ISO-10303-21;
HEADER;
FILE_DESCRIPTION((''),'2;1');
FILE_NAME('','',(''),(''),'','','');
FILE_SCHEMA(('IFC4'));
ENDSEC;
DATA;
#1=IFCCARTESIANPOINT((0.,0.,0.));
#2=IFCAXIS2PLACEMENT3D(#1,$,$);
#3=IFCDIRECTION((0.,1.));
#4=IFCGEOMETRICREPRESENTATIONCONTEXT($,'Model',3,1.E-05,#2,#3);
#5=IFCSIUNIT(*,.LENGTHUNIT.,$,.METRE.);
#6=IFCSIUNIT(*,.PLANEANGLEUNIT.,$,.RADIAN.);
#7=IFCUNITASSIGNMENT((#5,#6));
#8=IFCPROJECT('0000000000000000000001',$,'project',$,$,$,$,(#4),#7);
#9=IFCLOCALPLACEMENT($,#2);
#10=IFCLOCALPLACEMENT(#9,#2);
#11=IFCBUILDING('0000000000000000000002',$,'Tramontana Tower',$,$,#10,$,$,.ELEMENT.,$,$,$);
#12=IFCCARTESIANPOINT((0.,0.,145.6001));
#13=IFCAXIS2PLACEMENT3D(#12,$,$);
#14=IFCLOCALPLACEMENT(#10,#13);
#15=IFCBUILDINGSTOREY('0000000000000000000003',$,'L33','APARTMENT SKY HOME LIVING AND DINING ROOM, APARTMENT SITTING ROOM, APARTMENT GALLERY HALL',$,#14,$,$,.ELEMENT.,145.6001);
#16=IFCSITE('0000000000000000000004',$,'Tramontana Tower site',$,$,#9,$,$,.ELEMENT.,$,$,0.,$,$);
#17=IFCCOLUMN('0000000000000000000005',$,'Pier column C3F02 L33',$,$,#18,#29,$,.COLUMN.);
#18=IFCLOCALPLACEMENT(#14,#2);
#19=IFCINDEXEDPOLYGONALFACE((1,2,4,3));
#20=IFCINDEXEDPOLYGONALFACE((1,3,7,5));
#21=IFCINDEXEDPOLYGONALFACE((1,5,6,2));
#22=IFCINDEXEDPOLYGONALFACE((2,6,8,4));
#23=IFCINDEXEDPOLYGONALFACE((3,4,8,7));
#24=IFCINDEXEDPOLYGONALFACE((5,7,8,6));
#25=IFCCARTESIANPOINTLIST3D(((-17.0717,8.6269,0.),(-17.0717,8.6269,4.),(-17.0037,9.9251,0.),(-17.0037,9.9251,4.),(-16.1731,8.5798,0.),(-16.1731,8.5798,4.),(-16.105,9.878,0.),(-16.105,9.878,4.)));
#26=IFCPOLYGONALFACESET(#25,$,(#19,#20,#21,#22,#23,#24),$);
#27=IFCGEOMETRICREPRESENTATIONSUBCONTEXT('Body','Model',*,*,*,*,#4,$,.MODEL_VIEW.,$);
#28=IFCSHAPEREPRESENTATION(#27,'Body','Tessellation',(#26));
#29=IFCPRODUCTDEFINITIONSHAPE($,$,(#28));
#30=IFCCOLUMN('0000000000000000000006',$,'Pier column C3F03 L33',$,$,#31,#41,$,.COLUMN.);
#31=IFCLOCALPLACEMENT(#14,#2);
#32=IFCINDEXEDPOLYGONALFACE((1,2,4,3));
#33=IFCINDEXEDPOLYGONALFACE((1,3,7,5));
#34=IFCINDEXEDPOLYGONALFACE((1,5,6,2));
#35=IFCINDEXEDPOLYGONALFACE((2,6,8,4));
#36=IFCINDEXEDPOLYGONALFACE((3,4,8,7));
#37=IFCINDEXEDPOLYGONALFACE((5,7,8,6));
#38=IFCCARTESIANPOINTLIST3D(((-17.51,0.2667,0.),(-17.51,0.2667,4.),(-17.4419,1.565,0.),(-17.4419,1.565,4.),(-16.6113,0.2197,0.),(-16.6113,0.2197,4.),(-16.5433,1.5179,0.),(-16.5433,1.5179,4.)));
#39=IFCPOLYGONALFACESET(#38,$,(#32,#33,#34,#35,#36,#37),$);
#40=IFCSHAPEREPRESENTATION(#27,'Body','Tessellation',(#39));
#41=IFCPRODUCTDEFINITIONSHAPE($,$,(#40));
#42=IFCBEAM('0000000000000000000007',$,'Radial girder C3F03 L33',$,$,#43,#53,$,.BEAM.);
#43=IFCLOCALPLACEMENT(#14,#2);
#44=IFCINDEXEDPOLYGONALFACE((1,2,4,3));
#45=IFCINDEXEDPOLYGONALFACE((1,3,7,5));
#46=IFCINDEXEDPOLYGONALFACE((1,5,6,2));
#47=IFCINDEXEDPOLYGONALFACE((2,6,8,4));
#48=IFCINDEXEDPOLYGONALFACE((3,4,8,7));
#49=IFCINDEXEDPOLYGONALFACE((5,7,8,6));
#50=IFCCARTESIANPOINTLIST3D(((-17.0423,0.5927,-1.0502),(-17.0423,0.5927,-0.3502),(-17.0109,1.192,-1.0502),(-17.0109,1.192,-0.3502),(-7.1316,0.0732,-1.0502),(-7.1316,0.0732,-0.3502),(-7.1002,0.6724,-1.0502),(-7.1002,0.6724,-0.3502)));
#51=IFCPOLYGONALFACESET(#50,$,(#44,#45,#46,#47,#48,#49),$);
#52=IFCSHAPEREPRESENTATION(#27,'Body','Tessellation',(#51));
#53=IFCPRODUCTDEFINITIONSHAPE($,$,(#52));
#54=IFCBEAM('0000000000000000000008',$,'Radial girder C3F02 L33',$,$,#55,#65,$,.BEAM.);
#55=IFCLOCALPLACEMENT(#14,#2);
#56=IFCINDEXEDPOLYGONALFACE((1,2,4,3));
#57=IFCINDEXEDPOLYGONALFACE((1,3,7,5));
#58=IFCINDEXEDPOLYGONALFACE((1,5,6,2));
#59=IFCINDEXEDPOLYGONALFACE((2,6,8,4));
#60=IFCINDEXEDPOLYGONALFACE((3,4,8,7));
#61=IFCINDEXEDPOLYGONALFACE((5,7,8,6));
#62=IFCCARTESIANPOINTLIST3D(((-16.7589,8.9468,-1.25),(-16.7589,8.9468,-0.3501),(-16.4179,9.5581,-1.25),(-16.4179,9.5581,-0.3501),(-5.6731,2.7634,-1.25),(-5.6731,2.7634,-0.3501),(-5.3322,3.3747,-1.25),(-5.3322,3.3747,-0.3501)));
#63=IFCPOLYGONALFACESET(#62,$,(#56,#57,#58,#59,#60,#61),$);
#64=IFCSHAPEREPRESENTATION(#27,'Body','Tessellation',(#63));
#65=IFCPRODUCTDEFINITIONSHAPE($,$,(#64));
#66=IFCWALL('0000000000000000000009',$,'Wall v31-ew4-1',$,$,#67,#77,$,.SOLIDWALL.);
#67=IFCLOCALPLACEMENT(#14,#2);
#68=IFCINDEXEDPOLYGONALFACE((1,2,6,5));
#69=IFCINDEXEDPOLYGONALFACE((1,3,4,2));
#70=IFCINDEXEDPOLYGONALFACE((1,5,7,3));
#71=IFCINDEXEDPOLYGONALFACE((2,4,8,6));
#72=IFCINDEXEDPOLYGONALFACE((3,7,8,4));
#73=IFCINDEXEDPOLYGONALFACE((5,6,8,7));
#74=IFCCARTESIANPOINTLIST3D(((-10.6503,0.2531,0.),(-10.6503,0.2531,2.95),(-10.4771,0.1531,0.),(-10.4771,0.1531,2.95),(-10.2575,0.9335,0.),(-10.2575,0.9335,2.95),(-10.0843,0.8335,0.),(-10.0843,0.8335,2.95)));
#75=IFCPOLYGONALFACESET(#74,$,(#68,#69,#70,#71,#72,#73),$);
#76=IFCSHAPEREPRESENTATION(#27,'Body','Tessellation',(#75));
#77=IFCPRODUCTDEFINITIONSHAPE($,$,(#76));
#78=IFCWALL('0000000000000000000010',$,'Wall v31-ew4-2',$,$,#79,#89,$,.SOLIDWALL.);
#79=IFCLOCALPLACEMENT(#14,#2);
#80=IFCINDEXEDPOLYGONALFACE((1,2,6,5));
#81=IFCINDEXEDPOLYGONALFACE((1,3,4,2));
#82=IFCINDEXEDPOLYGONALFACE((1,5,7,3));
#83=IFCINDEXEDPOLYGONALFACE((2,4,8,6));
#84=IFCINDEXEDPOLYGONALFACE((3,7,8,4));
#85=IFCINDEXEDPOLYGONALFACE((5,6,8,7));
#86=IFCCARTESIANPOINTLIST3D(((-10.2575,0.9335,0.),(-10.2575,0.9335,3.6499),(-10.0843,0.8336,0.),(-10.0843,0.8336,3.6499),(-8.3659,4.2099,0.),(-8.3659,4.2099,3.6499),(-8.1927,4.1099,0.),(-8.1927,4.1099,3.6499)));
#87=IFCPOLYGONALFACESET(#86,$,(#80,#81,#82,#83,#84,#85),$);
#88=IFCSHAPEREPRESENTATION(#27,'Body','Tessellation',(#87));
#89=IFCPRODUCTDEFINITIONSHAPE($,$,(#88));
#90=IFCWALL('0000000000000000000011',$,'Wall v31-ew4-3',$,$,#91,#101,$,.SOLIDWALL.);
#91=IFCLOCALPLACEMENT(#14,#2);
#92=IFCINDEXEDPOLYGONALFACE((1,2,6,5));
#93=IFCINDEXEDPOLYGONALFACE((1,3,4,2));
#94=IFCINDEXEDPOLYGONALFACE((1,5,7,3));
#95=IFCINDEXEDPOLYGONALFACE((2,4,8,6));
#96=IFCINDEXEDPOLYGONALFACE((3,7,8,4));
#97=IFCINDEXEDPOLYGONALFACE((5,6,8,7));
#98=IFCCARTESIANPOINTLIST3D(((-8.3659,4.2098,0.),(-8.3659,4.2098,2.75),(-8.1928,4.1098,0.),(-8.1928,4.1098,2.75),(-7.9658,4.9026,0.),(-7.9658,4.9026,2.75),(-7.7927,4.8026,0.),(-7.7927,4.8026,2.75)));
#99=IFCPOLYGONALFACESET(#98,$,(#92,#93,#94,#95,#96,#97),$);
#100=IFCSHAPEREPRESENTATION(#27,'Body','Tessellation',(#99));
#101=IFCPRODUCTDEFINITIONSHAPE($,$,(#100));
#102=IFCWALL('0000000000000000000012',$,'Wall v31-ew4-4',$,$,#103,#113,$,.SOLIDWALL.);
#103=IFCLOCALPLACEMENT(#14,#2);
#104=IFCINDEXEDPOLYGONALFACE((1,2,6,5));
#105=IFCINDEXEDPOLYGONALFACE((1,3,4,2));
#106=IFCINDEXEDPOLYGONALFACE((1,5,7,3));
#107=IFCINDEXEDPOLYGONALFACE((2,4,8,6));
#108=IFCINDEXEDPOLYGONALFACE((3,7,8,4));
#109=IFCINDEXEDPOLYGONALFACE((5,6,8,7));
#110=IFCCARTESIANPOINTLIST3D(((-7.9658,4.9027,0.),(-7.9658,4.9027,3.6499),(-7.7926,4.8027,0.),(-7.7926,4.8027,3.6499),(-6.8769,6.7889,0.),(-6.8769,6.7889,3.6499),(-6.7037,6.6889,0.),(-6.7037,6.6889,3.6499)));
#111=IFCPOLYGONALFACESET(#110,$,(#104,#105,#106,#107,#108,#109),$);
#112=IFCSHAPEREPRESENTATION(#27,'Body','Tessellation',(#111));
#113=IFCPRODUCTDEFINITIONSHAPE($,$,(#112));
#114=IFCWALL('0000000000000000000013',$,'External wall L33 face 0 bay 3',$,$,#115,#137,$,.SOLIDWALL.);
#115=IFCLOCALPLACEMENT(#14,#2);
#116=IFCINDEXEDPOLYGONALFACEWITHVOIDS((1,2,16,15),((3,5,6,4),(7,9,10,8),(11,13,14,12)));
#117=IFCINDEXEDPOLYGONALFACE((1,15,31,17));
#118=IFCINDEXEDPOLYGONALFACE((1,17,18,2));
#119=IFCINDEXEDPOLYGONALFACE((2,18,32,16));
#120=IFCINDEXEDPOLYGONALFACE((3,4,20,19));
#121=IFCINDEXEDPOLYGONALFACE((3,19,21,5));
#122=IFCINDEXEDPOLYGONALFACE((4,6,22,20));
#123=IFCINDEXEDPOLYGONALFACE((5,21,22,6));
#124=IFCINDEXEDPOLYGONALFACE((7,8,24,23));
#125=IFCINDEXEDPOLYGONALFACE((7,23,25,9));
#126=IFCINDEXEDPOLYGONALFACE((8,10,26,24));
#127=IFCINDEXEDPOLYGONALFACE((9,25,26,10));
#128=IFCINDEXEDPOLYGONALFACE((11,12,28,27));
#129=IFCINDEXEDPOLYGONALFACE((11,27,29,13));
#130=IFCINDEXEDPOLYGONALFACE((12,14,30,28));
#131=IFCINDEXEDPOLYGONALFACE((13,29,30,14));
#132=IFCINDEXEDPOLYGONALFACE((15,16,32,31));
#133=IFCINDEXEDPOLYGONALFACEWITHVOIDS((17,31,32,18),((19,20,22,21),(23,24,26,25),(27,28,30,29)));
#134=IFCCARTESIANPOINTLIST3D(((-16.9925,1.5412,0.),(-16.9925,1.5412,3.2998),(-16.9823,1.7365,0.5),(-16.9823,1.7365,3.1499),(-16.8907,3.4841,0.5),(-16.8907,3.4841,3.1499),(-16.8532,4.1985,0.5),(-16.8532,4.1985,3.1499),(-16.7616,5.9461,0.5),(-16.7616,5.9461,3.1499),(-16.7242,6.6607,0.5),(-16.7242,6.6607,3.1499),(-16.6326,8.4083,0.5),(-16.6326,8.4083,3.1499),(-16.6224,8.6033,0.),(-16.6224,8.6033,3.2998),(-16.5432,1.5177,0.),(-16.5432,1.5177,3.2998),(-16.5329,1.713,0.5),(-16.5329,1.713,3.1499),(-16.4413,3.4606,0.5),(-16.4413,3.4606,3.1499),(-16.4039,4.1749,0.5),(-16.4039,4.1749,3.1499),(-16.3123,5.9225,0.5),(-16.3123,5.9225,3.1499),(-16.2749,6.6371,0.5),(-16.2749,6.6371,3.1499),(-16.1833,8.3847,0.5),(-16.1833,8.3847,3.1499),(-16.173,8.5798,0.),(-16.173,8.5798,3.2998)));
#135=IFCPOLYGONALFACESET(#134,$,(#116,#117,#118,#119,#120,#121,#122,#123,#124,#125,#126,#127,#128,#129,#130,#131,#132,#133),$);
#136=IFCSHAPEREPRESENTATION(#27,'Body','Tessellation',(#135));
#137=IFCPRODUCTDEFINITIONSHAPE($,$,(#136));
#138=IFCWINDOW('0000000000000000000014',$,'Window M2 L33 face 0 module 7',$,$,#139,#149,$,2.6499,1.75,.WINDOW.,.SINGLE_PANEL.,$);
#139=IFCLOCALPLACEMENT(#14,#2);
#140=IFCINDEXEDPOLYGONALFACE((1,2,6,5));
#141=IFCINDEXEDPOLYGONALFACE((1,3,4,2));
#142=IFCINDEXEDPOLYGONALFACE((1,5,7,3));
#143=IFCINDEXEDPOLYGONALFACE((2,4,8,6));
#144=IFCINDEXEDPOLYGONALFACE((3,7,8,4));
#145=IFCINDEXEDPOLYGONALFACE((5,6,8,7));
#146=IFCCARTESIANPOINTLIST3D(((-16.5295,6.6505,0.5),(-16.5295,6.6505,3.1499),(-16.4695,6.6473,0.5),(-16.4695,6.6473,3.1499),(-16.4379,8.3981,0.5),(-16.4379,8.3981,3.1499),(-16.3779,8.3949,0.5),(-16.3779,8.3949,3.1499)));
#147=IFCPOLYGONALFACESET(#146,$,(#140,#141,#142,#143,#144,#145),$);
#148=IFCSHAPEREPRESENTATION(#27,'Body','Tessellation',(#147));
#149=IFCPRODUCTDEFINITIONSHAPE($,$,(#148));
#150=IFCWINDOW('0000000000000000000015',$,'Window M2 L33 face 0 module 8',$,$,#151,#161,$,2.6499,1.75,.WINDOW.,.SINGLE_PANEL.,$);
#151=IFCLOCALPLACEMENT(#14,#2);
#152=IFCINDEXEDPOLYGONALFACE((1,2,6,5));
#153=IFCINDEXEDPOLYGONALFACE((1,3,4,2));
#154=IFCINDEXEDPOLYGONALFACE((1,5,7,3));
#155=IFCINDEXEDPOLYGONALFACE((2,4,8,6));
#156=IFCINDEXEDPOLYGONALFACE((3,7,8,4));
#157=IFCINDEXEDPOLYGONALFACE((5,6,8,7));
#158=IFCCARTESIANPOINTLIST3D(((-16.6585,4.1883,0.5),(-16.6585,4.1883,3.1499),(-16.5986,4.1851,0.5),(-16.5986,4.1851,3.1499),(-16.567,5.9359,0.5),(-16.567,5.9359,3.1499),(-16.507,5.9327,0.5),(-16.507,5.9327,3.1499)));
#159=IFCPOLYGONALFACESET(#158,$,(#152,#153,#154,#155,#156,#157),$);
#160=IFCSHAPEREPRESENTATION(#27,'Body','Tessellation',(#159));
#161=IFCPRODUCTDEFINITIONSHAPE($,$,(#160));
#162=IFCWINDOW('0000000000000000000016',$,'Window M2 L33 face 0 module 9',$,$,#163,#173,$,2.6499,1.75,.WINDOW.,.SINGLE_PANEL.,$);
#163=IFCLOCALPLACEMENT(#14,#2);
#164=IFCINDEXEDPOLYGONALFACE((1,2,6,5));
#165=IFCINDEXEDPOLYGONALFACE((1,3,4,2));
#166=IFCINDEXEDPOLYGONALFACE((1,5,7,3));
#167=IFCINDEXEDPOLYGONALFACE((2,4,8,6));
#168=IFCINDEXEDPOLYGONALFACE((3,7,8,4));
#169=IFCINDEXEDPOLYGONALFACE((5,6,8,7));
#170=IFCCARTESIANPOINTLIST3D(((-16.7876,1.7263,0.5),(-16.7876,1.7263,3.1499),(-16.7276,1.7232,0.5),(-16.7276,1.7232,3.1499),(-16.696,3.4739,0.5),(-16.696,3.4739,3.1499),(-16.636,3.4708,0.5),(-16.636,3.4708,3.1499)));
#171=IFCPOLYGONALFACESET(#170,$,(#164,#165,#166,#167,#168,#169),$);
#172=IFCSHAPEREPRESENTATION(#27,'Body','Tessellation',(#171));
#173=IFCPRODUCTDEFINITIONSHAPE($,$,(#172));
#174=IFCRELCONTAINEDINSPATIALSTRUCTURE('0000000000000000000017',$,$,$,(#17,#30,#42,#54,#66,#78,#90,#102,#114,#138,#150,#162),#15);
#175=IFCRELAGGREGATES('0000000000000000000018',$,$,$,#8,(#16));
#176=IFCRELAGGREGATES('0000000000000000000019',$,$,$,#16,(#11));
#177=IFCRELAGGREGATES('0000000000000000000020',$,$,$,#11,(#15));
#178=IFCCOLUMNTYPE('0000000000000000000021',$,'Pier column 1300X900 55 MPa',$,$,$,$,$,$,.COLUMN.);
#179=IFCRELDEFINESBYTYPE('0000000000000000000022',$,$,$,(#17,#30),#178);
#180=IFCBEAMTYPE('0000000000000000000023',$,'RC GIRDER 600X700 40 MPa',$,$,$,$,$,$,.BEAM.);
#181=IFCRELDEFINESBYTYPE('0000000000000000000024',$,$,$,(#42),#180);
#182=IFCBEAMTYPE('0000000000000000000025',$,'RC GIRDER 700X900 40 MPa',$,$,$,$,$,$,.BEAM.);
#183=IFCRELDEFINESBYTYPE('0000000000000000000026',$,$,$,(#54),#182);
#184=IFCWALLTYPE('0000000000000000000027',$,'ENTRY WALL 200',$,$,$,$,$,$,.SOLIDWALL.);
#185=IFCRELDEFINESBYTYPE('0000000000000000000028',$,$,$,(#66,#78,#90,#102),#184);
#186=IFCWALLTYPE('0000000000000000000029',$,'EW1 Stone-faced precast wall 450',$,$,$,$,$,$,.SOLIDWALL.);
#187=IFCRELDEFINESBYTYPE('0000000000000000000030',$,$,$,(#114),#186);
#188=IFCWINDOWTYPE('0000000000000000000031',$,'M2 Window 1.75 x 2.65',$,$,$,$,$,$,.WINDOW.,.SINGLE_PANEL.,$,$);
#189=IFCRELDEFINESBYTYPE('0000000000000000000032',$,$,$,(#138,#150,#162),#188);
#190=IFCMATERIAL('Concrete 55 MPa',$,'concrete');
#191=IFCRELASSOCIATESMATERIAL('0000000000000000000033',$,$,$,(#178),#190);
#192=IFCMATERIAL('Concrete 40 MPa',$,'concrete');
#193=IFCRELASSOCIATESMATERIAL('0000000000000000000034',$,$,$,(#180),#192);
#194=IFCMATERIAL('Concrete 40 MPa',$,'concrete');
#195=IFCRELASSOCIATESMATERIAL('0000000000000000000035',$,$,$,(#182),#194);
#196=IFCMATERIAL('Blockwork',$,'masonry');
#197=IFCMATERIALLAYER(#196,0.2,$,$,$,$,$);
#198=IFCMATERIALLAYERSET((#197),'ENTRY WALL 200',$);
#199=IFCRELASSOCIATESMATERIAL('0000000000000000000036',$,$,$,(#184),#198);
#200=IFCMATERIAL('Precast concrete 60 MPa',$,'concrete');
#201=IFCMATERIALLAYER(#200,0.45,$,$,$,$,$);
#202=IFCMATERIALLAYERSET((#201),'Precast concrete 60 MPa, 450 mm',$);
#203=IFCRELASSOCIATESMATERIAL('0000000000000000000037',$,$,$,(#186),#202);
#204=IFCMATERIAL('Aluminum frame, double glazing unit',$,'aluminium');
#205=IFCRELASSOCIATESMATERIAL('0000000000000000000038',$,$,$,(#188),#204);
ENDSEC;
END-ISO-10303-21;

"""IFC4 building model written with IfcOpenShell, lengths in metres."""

from ifc_helpers import new_model, si_unit, direction, frame, frame_2d, origin, origin_2d, place, context, subcontext, project, spatial, rectangle, extrude, material, layer, layer_set, material_profile, profile_set, type_object, element, fill, save


model = new_model("IFC4")

# Units and contexts
model_context = context("Model", 3, precision=1e-05, world=origin(), true_north=direction((0.0, 1.0)))
body_context = subcontext(model_context, "Body", "Model", "MODEL_VIEW")
ifc_project = project(units=[si_unit("LENGTHUNIT", "METRE"), si_unit("PLANEANGLEUNIT", "RADIAN")], contexts=[model_context])

# Site, building, storey
site_placement = place(None, origin())
site = spatial("IfcSite", under=ifc_project, at=site_placement, Name="Tramontana Tower site", CompositionType="ELEMENT", RefElevation=0.0)
building_placement = place(site_placement, origin())
building = spatial("IfcBuilding", under=site, at=building_placement, Name="Tramontana Tower", CompositionType="ELEMENT")
storey_placement = place(building_placement, frame((0.0, 0.0, 145.6001)))
storey = spatial("IfcBuildingStorey", under=building, at=storey_placement, Name="L33", Description="APARTMENT SKY HOME LIVING AND DINING ROOM, APARTMENT SITTING ROOM, APARTMENT GALLERY HALL", CompositionType="ELEMENT", Elevation=145.6001)

# Columns
ifc_material_1 = material(Name="Concrete 55 MPa", Category="concrete")
ifc_material_profile_1 = material_profile(ifc_material_1, rectangle(XDim=1.3, YDim=0.8999, at=origin_2d()), Name="Pier column 1300X900 55 MPa")
ifc_profile_set_1 = profile_set([ifc_material_profile_1], Name="Concrete 55 MPa")
column_type = type_object("IfcColumnType", Name="Pier column 1300X900 55 MPa", PredefinedType="COLUMN", material=ifc_profile_set_1)
for number, where, z_axis, x_axis, name in (
    (1, (-16.5884, 9.2524, 0.0), (0.0, 0.0, 1.0), (-0.052336, -0.99863, 0.0), "Pier column C3F02 L33"),
    (2, (-17.0266, 0.8923, 0.0), (0.0, 0.0, 1.0), (-0.052336, -0.99863, 0.0), "Pier column C3F03 L33"),
):
    element("IfcColumn", number, at=place(storey_placement, frame(where, z_axis=z_axis, x_axis=x_axis)), inside=storey, type_object=column_type, Name=name, PredefinedType="COLUMN", context=body_context, shape_type="SweptSolid", body=[
        extrude(rectangle(XDim=1.3, YDim=0.8999, at=origin_2d()), origin(), (0.0, 0.0, 1.0), 4.0),
    ])

# Beams
ifc_material_2 = material(Name="Concrete 40 MPa", Category="concrete")
ifc_material_profile_2 = material_profile(ifc_material_2, rectangle(XDim=0.6001, YDim=0.7, at=origin_2d()), Name="RC GIRDER 600X700 40 MPa")
ifc_profile_set_2 = profile_set([ifc_material_profile_2], Name="Concrete 40 MPa")
beam_type_1 = type_object("IfcBeamType", Name="RC GIRDER 600X700 40 MPa", PredefinedType="BEAM", material=ifc_profile_set_2)
beam_1_placement = place(storey_placement, frame((-17.0266, 0.8923, -0.7002), z_axis=(0.998629, -0.05235, 0.0), x_axis=(0.05235, 0.998629, 0.0)))
element("IfcBeam", 3, at=beam_1_placement, inside=storey, type_object=beam_type_1, Name="Radial girder C3F03 L33", PredefinedType="BEAM", context=body_context, shape_type="SweptSolid", body=[
    extrude(rectangle(XDim=0.6001, YDim=0.7, at=origin_2d()), origin(), (0.0, 0.0, 1.0), 9.9243),
])
ifc_material_3 = material(Name="Concrete 40 MPa", Category="concrete")
ifc_material_profile_3 = material_profile(ifc_material_3, rectangle(XDim=0.7, YDim=0.8999, at=origin_2d()), Name="RC GIRDER 700X900 40 MPa")
ifc_profile_set_3 = profile_set([ifc_material_profile_3], Name="Concrete 40 MPa")
beam_type_2 = type_object("IfcBeamType", Name="RC GIRDER 700X900 40 MPa", PredefinedType="BEAM", material=ifc_profile_set_3)
beam_2_placement = place(storey_placement, frame((-16.5884, 9.2524, -0.8), z_axis=(0.873332, -0.487125, 0.0), x_axis=(0.487125, 0.873332, 0.0)))
element("IfcBeam", 4, at=beam_2_placement, inside=storey, type_object=beam_type_2, Name="Radial girder C3F02 L33", PredefinedType="BEAM", context=body_context, shape_type="SweptSolid", body=[
    extrude(rectangle(XDim=0.7, YDim=0.8999, at=origin_2d()), origin(), (0.0, 0.0, 1.0), 12.6936),
])

# Walls
ifc_material_4 = material(Name="Blockwork", Category="masonry")
ifc_layer_1 = layer(ifc_material_4, 0.2)
ifc_layer_set_1 = layer_set([ifc_layer_1], Name="ENTRY WALL 200")
wall_type_1 = type_object("IfcWallType", Name="ENTRY WALL 200", PredefinedType="SOLIDWALL", material=ifc_layer_set_1)
wall_1_placement = place(storey_placement, frame((-10.5637, 0.2031, 0.0), z_axis=(0.0, 0.0, 1.0), x_axis=(0.499982, 0.866036, 0.0)))
element("IfcWall", 5, at=wall_1_placement, inside=storey, type_object=wall_type_1, Name="Wall v31-ew4-1", PredefinedType="SOLIDWALL", context=body_context, shape_type="SweptSolid", body=[
    extrude(rectangle(XDim=0.7856, YDim=0.2, at=frame_2d((0.3928, 0.0))), origin(), (0.0, 0.0, 1.0), 2.95),
])
wall_2_placement = place(storey_placement, frame((-10.1709, 0.8835, 0.0), z_axis=(0.0, 0.0, 1.0), x_axis=(0.499998, 0.866027, 0.0)))
element("IfcWall", 6, at=wall_2_placement, inside=storey, type_object=wall_type_1, Name="Wall v31-ew4-2", PredefinedType="SOLIDWALL", context=body_context, shape_type="SweptSolid", body=[
    extrude(rectangle(XDim=3.7832, YDim=0.2, at=frame_2d((1.8916, 0.0))), origin(), (0.0, 0.0, 1.0), 3.6499),
])
wall_3_placement = place(storey_placement, frame((-8.2793, 4.1599, 0.0), z_axis=(0.0, 0.0, 1.0), x_axis=(0.50011, 0.865962, 0.0)))
element("IfcWall", 7, at=wall_3_placement, inside=storey, type_object=wall_type_1, Name="Wall v31-ew4-3", PredefinedType="SOLIDWALL", context=body_context, shape_type="SweptSolid", body=[
    extrude(rectangle(XDim=0.8, YDim=0.2, at=frame_2d((0.3999, 0.0))), origin(), (0.0, 0.0, 1.0), 2.75),
])
wall_4_placement = place(storey_placement, frame((-7.8792, 4.8528, 0.0), z_axis=(0.0, 0.0, 1.0), x_axis=(0.499949, 0.866055, 0.0)))
element("IfcWall", 8, at=wall_4_placement, inside=storey, type_object=wall_type_1, Name="Wall v31-ew4-4", PredefinedType="SOLIDWALL", context=body_context, shape_type="SweptSolid", body=[
    extrude(rectangle(XDim=2.178, YDim=0.2, at=frame_2d((1.0889, 0.0))), origin(), (0.0, 0.0, 1.0), 3.6499),
])

# Wall, openings, windows
ifc_material_5 = material(Name="Precast concrete 60 MPa", Category="concrete")
ifc_layer_2 = layer(ifc_material_5, 0.45)
ifc_layer_set_2 = layer_set([ifc_layer_2], Name="Precast concrete 60 MPa, 450 mm")
wall_type_2 = type_object("IfcWallType", Name="EW1 Stone-faced precast wall 450", PredefinedType="SOLIDWALL", material=ifc_layer_set_2)
wall_5_placement = place(storey_placement, frame((-16.3977, 8.5916, 0.0), z_axis=(0.0, 0.0, 1.0), x_axis=(-0.052338, -0.998629, 0.0)))
wall_5 = element("IfcWall", 9, at=wall_5_placement, inside=storey, type_object=wall_type_2, Name="External wall L33 face 0 bay 3", PredefinedType="SOLIDWALL", context=body_context, shape_type="SweptSolid", body=[
    extrude(rectangle(XDim=7.0718, YDim=0.45, at=frame_2d((3.5359, 0.0))), origin(), (0.0, 0.0, 1.0), 3.2998),
])
opening_1_placement = place(wall_5_placement, frame((0.1953, 0.0, 0.5)))
opening_1 = element("IfcOpeningElement", 10, at=opening_1_placement, cuts=wall_5, PredefinedType="OPENING", context=body_context, shape_type="SweptSolid", body=[
    extrude(rectangle(XDim=1.75, YDim=2.6499, at=frame_2d((0.875, 1.325))), frame((0.0, 0.2349, 0.0), z_axis=(0.0, -1.0, 0.0), x_axis=(1.0, 0.0, 0.0)), (0.0, 0.0, 1.0), 0.47),
])
opening_2_placement = place(wall_5_placement, frame((2.6609, 0.0, 0.5)))
opening_2 = element("IfcOpeningElement", 11, at=opening_2_placement, cuts=wall_5, PredefinedType="OPENING", context=body_context, shape_type="SweptSolid", body=[
    extrude(rectangle(XDim=1.75, YDim=2.6499, at=frame_2d((0.875, 1.325))), frame((0.0, 0.2349, 0.0), z_axis=(0.0, -1.0, 0.0), x_axis=(1.0, 0.0, 0.0)), (0.0, 0.0, 1.0), 0.47),
])
opening_3_placement = place(wall_5_placement, frame((5.1262, 0.0, 0.5)))
opening_3 = element("IfcOpeningElement", 12, at=opening_3_placement, cuts=wall_5, PredefinedType="OPENING", context=body_context, shape_type="SweptSolid", body=[
    extrude(rectangle(XDim=1.75, YDim=2.6499, at=frame_2d((0.875, 1.325))), frame((0.0, 0.2349, 0.0), z_axis=(0.0, -1.0, 0.0), x_axis=(1.0, 0.0, 0.0)), (0.0, 0.0, 1.0), 0.47),
])
ifc_material_6 = material(Name="Aluminum frame, double glazing unit", Category="aluminium")
window_type = type_object("IfcWindowType", Name="M2 Window 1.75 x 2.65", PartitioningType="SINGLE_PANEL", PredefinedType="WINDOW", material=ifc_material_6)
window_1_placement = place(opening_1_placement, origin())
window_1 = element("IfcWindow", 13, at=window_1_placement, inside=storey, type_object=window_type, Name="Window M2 L33 face 0 module 7", OverallHeight=2.6499, OverallWidth=1.75, PartitioningType="SINGLE_PANEL", PredefinedType="WINDOW", context=body_context, shape_type="SweptSolid", body=[
    extrude(rectangle(XDim=1.75, YDim=2.6499, at=frame_2d((0.875, 1.325))), frame((0.0, 0.03, 0.0), z_axis=(0.0, -1.0, 0.0), x_axis=(1.0, 0.0, 0.0)), (0.0, 0.0, 1.0), 0.0601),
])
fill(opening_1, window_1)
window_2_placement = place(opening_2_placement, origin())
window_2 = element("IfcWindow", 14, at=window_2_placement, inside=storey, type_object=window_type, Name="Window M2 L33 face 0 module 8", OverallHeight=2.6499, OverallWidth=1.75, PartitioningType="SINGLE_PANEL", PredefinedType="WINDOW", context=body_context, shape_type="SweptSolid", body=[
    extrude(rectangle(XDim=1.75, YDim=2.6499, at=frame_2d((0.875, 1.325))), frame((0.0, 0.03, 0.0), z_axis=(0.0, -1.0, 0.0), x_axis=(1.0, 0.0, 0.0)), (0.0, 0.0, 1.0), 0.0601),
])
fill(opening_2, window_2)
window_3_placement = place(opening_3_placement, origin())
window_3 = element("IfcWindow", 15, at=window_3_placement, inside=storey, type_object=window_type, Name="Window M2 L33 face 0 module 9", OverallHeight=2.6499, OverallWidth=1.75, PartitioningType="SINGLE_PANEL", PredefinedType="WINDOW", context=body_context, shape_type="SweptSolid", body=[
    extrude(rectangle(XDim=1.75, YDim=2.6499, at=frame_2d((0.875, 1.325))), frame((0.0, 0.03, 0.0), z_axis=(0.0, -1.0, 0.0), x_axis=(1.0, 0.0, 0.0)), (0.0, 0.0, 1.0), 0.0601),
])
fill(opening_3, window_3)

save(model, "model.ifc")
